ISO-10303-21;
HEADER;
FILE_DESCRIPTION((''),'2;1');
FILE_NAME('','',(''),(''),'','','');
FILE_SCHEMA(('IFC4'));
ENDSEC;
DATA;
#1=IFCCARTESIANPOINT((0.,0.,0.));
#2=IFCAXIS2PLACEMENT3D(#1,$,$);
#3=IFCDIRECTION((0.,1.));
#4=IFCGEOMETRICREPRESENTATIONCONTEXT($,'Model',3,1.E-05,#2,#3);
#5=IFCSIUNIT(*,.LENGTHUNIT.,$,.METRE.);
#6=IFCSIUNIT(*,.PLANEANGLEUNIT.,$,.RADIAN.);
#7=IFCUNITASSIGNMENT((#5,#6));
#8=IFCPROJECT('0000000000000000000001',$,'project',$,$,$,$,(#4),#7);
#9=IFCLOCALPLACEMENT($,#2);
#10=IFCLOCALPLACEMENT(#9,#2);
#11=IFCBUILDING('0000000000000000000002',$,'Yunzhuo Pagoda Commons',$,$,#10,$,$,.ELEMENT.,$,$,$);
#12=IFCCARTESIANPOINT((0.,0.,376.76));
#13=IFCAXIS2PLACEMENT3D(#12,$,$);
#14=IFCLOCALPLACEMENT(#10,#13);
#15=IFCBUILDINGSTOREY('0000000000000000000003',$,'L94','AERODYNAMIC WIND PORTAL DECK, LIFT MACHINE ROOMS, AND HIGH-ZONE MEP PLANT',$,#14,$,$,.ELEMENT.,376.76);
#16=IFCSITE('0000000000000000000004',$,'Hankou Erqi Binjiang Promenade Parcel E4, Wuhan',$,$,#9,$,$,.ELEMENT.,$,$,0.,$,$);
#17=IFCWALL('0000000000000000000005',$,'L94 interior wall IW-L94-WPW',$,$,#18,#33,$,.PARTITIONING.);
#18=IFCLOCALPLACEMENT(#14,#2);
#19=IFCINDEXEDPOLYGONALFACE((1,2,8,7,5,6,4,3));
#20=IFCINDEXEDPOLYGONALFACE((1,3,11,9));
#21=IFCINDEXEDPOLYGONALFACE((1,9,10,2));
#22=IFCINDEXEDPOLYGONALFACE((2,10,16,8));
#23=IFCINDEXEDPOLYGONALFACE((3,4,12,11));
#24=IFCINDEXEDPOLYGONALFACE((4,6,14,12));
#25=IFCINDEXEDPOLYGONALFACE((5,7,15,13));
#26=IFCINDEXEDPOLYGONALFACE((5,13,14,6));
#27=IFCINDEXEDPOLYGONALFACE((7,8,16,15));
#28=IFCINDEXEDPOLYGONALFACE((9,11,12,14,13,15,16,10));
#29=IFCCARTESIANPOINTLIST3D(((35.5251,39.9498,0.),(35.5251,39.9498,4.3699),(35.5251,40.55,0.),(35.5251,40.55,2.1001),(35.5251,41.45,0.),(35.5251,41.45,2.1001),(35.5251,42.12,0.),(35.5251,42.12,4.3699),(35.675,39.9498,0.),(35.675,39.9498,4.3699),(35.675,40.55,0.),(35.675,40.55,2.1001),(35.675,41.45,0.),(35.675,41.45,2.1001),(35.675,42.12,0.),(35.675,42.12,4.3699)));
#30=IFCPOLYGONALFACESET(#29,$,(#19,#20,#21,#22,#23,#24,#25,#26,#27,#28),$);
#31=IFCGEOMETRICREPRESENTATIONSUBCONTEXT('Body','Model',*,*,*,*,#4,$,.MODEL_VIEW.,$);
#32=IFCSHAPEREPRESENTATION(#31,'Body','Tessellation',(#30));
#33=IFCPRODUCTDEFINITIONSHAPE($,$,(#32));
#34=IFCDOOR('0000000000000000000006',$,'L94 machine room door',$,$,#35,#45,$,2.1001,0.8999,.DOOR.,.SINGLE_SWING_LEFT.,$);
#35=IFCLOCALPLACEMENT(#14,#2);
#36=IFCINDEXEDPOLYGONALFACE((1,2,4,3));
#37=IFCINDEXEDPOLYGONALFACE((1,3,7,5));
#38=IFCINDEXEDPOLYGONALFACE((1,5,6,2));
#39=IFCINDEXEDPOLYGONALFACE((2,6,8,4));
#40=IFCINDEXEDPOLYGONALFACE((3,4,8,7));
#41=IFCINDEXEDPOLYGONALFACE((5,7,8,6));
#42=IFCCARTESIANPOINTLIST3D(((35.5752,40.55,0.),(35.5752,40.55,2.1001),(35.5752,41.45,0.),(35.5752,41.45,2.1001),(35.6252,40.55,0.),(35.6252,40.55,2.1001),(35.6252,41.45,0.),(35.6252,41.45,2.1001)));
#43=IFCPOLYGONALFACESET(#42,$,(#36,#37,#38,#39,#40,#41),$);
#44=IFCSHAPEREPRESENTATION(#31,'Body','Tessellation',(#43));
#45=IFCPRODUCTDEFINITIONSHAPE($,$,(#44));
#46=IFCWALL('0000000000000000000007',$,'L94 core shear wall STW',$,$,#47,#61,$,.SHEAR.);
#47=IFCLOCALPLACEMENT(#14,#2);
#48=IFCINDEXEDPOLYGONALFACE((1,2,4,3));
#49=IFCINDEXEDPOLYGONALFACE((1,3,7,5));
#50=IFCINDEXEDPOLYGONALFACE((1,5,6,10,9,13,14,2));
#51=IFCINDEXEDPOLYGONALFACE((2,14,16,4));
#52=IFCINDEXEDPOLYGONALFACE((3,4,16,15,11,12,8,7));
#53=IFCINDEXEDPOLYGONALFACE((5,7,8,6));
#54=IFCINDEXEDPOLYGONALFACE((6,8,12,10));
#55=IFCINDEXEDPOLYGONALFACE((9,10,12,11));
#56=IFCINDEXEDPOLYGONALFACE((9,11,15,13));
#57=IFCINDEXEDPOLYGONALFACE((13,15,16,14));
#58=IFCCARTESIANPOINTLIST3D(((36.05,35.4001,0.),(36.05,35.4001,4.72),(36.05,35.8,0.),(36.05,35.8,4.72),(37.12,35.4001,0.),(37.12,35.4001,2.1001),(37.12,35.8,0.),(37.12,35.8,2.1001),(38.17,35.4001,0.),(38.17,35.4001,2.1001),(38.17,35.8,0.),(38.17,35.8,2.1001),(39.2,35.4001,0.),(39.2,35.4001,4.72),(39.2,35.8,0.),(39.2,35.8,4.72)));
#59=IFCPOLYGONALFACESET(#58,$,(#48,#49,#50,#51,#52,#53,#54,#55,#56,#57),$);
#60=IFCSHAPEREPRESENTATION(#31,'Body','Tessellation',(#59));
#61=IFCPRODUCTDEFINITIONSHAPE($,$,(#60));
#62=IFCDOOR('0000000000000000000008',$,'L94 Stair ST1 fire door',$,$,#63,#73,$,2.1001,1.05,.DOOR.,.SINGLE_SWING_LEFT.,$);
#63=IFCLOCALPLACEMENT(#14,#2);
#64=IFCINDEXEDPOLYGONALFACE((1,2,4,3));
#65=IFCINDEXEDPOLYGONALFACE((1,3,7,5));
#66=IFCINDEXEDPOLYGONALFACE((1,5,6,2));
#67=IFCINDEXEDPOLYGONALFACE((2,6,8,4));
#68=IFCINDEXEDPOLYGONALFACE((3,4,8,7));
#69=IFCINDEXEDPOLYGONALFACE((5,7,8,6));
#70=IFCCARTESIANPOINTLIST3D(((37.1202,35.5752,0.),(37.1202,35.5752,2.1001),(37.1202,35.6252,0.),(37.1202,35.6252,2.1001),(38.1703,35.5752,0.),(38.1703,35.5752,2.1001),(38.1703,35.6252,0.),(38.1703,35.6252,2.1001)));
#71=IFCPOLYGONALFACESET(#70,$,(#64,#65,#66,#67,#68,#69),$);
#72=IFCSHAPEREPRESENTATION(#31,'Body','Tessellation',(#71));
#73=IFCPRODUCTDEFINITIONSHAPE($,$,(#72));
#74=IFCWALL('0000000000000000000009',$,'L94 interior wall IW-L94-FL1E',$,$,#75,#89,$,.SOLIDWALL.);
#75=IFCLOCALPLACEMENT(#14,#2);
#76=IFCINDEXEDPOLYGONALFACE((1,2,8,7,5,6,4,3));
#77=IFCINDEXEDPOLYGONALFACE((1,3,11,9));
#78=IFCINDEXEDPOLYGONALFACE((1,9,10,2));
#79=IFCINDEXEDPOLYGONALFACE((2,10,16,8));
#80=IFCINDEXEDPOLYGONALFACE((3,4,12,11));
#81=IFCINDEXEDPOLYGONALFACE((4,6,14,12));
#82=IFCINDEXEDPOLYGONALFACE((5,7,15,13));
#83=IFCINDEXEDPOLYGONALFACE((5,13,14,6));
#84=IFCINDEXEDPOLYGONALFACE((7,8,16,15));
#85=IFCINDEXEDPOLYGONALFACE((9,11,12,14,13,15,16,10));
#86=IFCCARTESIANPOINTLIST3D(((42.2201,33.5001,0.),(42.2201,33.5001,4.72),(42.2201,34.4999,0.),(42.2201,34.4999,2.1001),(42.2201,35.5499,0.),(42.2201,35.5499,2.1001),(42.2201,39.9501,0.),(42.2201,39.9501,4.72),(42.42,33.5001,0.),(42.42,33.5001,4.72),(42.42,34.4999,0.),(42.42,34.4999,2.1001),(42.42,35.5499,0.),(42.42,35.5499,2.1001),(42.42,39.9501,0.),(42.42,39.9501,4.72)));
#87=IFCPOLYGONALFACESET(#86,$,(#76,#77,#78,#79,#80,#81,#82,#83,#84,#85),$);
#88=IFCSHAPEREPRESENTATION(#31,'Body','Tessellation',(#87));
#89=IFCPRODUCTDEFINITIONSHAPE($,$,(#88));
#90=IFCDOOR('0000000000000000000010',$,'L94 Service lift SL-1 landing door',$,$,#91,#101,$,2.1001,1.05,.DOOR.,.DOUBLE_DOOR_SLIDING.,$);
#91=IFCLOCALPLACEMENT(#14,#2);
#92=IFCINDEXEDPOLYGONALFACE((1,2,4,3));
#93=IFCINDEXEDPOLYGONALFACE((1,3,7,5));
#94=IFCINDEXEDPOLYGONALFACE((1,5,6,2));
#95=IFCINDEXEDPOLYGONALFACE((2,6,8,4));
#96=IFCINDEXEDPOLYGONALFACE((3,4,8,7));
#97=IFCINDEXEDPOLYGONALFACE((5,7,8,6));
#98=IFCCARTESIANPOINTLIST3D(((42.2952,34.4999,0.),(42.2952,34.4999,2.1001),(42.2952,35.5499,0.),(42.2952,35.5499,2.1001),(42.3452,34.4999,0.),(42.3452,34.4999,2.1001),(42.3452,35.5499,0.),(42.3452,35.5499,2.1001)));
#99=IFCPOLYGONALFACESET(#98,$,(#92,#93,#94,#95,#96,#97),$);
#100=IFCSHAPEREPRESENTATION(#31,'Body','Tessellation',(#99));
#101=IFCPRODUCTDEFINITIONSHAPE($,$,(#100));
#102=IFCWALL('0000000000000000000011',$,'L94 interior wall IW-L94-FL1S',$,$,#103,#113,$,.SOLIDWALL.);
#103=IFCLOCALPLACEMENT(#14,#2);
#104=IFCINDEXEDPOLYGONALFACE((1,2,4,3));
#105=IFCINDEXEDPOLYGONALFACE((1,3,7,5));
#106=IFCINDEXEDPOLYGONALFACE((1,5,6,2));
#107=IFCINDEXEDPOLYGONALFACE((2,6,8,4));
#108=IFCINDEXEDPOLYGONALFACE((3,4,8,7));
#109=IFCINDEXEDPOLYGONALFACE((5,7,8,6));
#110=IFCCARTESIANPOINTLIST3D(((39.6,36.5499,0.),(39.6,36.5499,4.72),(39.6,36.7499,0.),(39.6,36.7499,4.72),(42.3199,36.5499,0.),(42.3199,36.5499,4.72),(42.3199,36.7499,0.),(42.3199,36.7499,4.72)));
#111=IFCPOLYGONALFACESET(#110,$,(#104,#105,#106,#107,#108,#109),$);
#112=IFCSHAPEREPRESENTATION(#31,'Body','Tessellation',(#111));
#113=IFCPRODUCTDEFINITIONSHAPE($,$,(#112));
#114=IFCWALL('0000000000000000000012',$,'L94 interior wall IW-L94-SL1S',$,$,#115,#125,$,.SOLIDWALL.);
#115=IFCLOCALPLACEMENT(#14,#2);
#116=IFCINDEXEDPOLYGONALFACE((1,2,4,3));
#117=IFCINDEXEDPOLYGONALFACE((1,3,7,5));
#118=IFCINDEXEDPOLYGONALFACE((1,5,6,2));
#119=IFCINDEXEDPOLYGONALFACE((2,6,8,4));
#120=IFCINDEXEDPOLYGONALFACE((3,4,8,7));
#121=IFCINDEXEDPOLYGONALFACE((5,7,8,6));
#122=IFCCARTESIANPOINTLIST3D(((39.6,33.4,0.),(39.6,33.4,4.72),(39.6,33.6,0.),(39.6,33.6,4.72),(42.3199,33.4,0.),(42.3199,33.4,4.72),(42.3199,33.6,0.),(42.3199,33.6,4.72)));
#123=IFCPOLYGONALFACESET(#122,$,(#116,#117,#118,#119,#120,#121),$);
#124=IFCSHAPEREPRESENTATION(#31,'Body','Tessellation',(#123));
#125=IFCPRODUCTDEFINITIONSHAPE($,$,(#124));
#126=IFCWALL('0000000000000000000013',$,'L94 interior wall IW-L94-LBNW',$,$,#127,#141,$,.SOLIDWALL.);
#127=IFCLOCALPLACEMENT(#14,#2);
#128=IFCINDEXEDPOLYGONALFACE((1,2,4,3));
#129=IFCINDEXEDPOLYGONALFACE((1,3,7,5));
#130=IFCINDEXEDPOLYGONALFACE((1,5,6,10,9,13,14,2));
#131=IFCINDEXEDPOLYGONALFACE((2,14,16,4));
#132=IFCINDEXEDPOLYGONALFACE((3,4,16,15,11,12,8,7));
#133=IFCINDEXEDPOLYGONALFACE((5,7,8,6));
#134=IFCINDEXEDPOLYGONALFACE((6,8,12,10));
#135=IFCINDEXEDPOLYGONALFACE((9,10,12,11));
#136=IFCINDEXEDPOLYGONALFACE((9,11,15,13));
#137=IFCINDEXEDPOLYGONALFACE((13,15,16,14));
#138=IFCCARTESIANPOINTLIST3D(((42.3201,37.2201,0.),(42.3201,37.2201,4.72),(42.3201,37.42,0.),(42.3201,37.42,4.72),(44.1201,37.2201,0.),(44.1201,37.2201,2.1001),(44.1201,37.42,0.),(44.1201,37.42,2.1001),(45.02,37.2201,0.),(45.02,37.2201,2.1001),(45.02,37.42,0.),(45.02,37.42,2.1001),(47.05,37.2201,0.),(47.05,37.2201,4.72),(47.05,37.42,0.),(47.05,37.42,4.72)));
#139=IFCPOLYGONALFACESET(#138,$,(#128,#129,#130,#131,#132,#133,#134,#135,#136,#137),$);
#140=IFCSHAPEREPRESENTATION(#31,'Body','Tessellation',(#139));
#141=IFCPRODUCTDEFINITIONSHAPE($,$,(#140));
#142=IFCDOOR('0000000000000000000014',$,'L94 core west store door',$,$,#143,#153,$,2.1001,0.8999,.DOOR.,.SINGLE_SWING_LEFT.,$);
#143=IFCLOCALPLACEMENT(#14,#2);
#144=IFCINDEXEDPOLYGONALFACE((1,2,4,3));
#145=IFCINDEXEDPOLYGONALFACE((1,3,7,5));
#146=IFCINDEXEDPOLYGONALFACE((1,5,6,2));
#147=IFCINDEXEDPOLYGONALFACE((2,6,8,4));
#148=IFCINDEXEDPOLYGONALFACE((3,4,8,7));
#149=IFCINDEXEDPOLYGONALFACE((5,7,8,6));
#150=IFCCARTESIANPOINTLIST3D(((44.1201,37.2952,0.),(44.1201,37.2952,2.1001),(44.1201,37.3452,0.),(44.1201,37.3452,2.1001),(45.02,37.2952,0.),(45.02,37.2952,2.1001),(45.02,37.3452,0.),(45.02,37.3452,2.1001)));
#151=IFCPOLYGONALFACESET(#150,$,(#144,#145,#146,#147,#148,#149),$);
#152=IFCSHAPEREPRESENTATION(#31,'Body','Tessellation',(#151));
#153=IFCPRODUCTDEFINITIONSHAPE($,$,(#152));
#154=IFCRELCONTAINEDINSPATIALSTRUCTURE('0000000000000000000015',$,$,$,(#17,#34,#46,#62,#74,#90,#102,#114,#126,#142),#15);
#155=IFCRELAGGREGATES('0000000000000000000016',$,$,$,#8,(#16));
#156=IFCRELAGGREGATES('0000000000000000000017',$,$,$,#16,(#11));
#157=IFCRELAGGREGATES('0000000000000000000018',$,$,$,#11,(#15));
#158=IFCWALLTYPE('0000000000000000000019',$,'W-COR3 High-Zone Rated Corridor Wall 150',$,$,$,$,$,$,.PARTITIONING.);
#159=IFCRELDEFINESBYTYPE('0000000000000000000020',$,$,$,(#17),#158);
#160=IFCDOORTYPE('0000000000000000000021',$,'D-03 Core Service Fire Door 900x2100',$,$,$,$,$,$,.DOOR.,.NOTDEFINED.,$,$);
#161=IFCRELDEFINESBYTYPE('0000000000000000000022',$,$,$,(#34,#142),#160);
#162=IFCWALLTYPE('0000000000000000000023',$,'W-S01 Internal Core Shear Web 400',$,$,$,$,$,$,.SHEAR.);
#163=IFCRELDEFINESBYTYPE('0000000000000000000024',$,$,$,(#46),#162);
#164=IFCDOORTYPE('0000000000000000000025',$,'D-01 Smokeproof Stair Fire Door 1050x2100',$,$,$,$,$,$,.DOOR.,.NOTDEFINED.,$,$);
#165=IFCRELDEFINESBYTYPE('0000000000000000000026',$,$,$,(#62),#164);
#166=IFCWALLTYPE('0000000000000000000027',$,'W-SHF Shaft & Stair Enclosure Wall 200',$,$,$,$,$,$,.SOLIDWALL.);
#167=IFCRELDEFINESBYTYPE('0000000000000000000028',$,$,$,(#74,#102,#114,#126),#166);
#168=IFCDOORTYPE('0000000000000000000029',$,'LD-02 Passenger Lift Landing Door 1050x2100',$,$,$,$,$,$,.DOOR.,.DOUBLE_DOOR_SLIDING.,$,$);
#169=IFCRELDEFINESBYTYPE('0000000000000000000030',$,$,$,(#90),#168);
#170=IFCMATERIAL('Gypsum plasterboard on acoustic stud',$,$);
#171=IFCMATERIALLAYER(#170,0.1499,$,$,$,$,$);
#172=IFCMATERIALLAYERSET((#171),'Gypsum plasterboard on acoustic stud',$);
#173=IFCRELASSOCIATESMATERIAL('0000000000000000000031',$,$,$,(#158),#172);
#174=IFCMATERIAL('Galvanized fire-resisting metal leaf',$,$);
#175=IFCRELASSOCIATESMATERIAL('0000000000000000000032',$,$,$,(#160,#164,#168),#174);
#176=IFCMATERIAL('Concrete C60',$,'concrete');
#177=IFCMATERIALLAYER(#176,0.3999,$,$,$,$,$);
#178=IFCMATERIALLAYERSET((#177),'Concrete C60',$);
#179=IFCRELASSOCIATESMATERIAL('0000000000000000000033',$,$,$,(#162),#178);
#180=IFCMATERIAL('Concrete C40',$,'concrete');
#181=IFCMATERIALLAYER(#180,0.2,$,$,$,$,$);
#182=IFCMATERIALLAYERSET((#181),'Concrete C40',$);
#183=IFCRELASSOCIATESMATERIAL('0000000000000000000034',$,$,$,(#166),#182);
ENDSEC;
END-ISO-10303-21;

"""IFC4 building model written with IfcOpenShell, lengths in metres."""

from ifc_helpers import new_model, si_unit, direction, frame, frame_2d, origin, origin_with_axes, place, context, subcontext, project, spatial, rectangle, extrude, source, transform, mapped, material, layer, layer_set, type_object, element, fill, save


model = new_model("IFC4")

# Units and contexts
model_context = context("Model", 3, precision=1e-05, world=origin(), true_north=direction((0.0, 1.0)))
body_context = subcontext(model_context, "Body", "Model", "MODEL_VIEW")
ifc_project = project(units=[si_unit("LENGTHUNIT", "METRE"), si_unit("PLANEANGLEUNIT", "RADIAN")], contexts=[model_context])

# Site, building, storey
site_placement = place(None, origin())
site = spatial("IfcSite", under=ifc_project, at=site_placement, Name="Hankou Erqi Binjiang Promenade Parcel E4, Wuhan", CompositionType="ELEMENT", RefElevation=0.0)
building_placement = place(site_placement, origin())
building = spatial("IfcBuilding", under=site, at=building_placement, Name="Yunzhuo Pagoda Commons", CompositionType="ELEMENT")
storey_placement = place(building_placement, frame((0.0, 0.0, 376.76)))
storey = spatial("IfcBuildingStorey", under=building, at=storey_placement, Name="L94", Description="AERODYNAMIC WIND PORTAL DECK, LIFT MACHINE ROOMS, AND HIGH-ZONE MEP PLANT", CompositionType="ELEMENT", Elevation=376.76)

# Walls, openings, doors
ifc_material_1 = material(Name="Galvanized fire-resisting metal leaf")
shared_shape_1 = source(origin(), body_context, "Body", "SweptSolid", [
    extrude(rectangle(XDim=1.05, YDim=2.1001, at=frame_2d((0.5249, 1.05))), frame((0.0, 0.0249, 0.0), z_axis=(0.0, -1.0, 0.0), x_axis=(1.0, 0.0, 0.0)), (0.0, 0.0, 1.0), 0.05),
])
ifc_material_2 = material(Name="Gypsum plasterboard on acoustic stud")
ifc_layer_1 = layer(ifc_material_2, 0.1499)
ifc_layer_set_1 = layer_set([ifc_layer_1], Name="Gypsum plasterboard on acoustic stud")
wall_type_1 = type_object("IfcWallType", Name="W-COR3 High-Zone Rated Corridor Wall 150", PredefinedType="PARTITIONING", material=ifc_layer_set_1)
wall_1_placement = place(storey_placement, frame((35.6001, 39.95, 0.0), z_axis=(0.0, 0.0, 1.0), x_axis=(0.0, 1.0, 0.0)))
wall_1 = element("IfcWall", 1, at=wall_1_placement, inside=storey, type_object=wall_type_1, Name="L94 interior wall IW-L94-WPW", PredefinedType="PARTITIONING", context=body_context, shape_type="SweptSolid", body=[
    extrude(rectangle(XDim=2.1702, YDim=0.1499, at=frame_2d((1.085, 0.0))), origin(), (0.0, 0.0, 1.0), 4.3699),
])
opening_1_placement = place(wall_1_placement, frame((0.6001, 0.0, 0.0)))
opening_1 = element("IfcOpeningElement", 2, at=opening_1_placement, cuts=wall_1, PredefinedType="OPENING", context=body_context, shape_type="SweptSolid", body=[
    extrude(rectangle(XDim=0.8999, YDim=2.1001, at=frame_2d((0.45, 1.05))), frame((0.0, 0.085, 0.0), z_axis=(0.0, -1.0, 0.0), x_axis=(1.0, 0.0, 0.0)), (0.0, 0.0, 1.0), 0.1699),
])
door_type_1 = type_object("IfcDoorType", Name="D-03 Core Service Fire Door 900x2100", OperationType="NOTDEFINED", PredefinedType="DOOR", material=ifc_material_1)
shared_shape_2 = source(origin(), body_context, "Body", "SweptSolid", [
    extrude(rectangle(XDim=0.8999, YDim=2.1001, at=frame_2d((0.45, 1.05))), frame((0.0, 0.0249, 0.0), z_axis=(0.0, -1.0, 0.0), x_axis=(1.0, 0.0, 0.0)), (0.0, 0.0, 1.0), 0.05),
])
door_1_placement = place(opening_1_placement, origin_with_axes())
door_1 = element("IfcDoor", 3, at=door_1_placement, inside=storey, type_object=door_type_1, Name="L94 machine room door", OperationType="SINGLE_SWING_LEFT", OverallHeight=2.1001, OverallWidth=0.8999, PredefinedType="DOOR", context=body_context, shape_type="MappedRepresentation", body=[
    mapped(shared_shape_2, transform((0.0, 0.0, 0.0), scale=1.0)),
])
fill(opening_1, door_1)
ifc_material_3 = material(Name="Concrete C60", Category="concrete")
ifc_layer_2 = layer(ifc_material_3, 0.3999)
ifc_layer_set_2 = layer_set([ifc_layer_2], Name="Concrete C60")
wall_type_2 = type_object("IfcWallType", Name="W-S01 Internal Core Shear Web 400", PredefinedType="SHEAR", material=ifc_layer_set_2)
wall_2_placement = place(storey_placement, frame((36.05, 35.6001, 0.0), z_axis=(0.0, 0.0, 1.0), x_axis=(1.0, 0.0, 0.0)))
wall_2 = element("IfcWall", 4, at=wall_2_placement, inside=storey, type_object=wall_type_2, Name="L94 core shear wall STW", PredefinedType="SHEAR", context=body_context, shape_type="SweptSolid", body=[
    extrude(rectangle(XDim=3.1499, YDim=0.3999, at=frame_2d((1.575, 0.0))), origin(), (0.0, 0.0, 1.0), 4.72),
])
opening_2_placement = place(wall_2_placement, frame((1.0701, 0.0, 0.0)))
opening_2 = element("IfcOpeningElement", 5, at=opening_2_placement, cuts=wall_2, PredefinedType="OPENING", context=body_context, shape_type="SweptSolid", body=[
    extrude(rectangle(XDim=1.05, YDim=2.1001, at=frame_2d((0.5249, 1.05))), frame((0.0, 0.21, 0.0), z_axis=(0.0, -1.0, 0.0), x_axis=(1.0, 0.0, 0.0)), (0.0, 0.0, 1.0), 0.4199),
])
door_type_2 = type_object("IfcDoorType", Name="D-01 Smokeproof Stair Fire Door 1050x2100", OperationType="NOTDEFINED", PredefinedType="DOOR", material=ifc_material_1)
door_2_placement = place(opening_2_placement, frame((1.05, 0.0, 0.0), z_axis=(0.0, 0.0, 1.0), x_axis=(-1.0, 0.0, 0.0)))
door_2 = element("IfcDoor", 6, at=door_2_placement, inside=storey, type_object=door_type_2, Name="L94 Stair ST1 fire door", OperationType="SINGLE_SWING_LEFT", OverallHeight=2.1001, OverallWidth=1.05, PredefinedType="DOOR", context=body_context, shape_type="MappedRepresentation", body=[
    mapped(shared_shape_1, transform((0.0, 0.0, 0.0), scale=1.0)),
])
fill(opening_2, door_2)
ifc_material_4 = material(Name="Concrete C40", Category="concrete")
ifc_layer_3 = layer(ifc_material_4, 0.2)
ifc_layer_set_3 = layer_set([ifc_layer_3], Name="Concrete C40")
wall_type_3 = type_object("IfcWallType", Name="W-SHF Shaft & Stair Enclosure Wall 200", PredefinedType="SOLIDWALL", material=ifc_layer_set_3)
wall_3_placement = place(storey_placement, frame((42.3201, 33.5, 0.0), z_axis=(0.0, 0.0, 1.0), x_axis=(0.0, 1.0, 0.0)))
wall_3 = element("IfcWall", 7, at=wall_3_placement, inside=storey, type_object=wall_type_3, Name="L94 interior wall IW-L94-FL1E", PredefinedType="SOLIDWALL", context=body_context, shape_type="SweptSolid", body=[
    extrude(rectangle(XDim=6.45, YDim=0.2, at=frame_2d((3.2251, 0.0))), origin(), (0.0, 0.0, 1.0), 4.72),
])
opening_3_placement = place(wall_3_placement, frame((1.0, 0.0, 0.0)))
opening_3 = element("IfcOpeningElement", 8, at=opening_3_placement, cuts=wall_3, PredefinedType="OPENING", context=body_context, shape_type="SweptSolid", body=[
    extrude(rectangle(XDim=1.05, YDim=2.1001, at=frame_2d((0.5249, 1.05))), frame((0.0, 0.1099, 0.0), z_axis=(0.0, -1.0, 0.0), x_axis=(1.0, 0.0, 0.0)), (0.0, 0.0, 1.0), 0.22),
])
door_type_3 = type_object("IfcDoorType", Name="LD-02 Passenger Lift Landing Door 1050x2100", OperationType="DOUBLE_DOOR_SLIDING", PredefinedType="DOOR", material=ifc_material_1)
door_3_placement = place(opening_3_placement, origin_with_axes())
door_3 = element("IfcDoor", 9, at=door_3_placement, inside=storey, type_object=door_type_3, Name="L94 Service lift SL-1 landing door", OperationType="DOUBLE_DOOR_SLIDING", OverallHeight=2.1001, OverallWidth=1.05, PredefinedType="DOOR", context=body_context, shape_type="MappedRepresentation", body=[
    mapped(shared_shape_1, transform((0.0, 0.0, 0.0), scale=1.0)),
])
fill(opening_3, door_3)

# Walls
for number, where, z_axis, x_axis, name in (
    (10, (39.6001, 36.6499, 0.0), (0.0, 0.0, 1.0), (1.0, 0.0, 0.0), "L94 interior wall IW-L94-FL1S"),
    (11, (39.6001, 33.5, 0.0), (0.0, 0.0, 1.0), (1.0, 0.0, 0.0), "L94 interior wall IW-L94-SL1S"),
):
    element("IfcWall", number, at=place(storey_placement, frame(where, z_axis=z_axis, x_axis=x_axis)), inside=storey, type_object=wall_type_3, Name=name, PredefinedType="SOLIDWALL", context=body_context, shape_type="SweptSolid", body=[
        extrude(rectangle(XDim=2.72, YDim=0.2, at=frame_2d((1.3599, 0.0))), origin(), (0.0, 0.0, 1.0), 4.72),
    ])

# Wall, opening, door
wall_4_placement = place(storey_placement, frame((42.3201, 37.3201, 0.0), z_axis=(0.0, 0.0, 1.0), x_axis=(1.0, 0.0, 0.0)))
wall_4 = element("IfcWall", 12, at=wall_4_placement, inside=storey, type_object=wall_type_3, Name="L94 interior wall IW-L94-LBNW", PredefinedType="SOLIDWALL", context=body_context, shape_type="SweptSolid", body=[
    extrude(rectangle(XDim=4.73, YDim=0.2, at=frame_2d((2.365, 0.0))), origin(), (0.0, 0.0, 1.0), 4.72),
])
opening_4_placement = place(wall_4_placement, frame((1.8, 0.0, 0.0)))
opening_4 = element("IfcOpeningElement", 13, at=opening_4_placement, cuts=wall_4, PredefinedType="OPENING", context=body_context, shape_type="SweptSolid", body=[
    extrude(rectangle(XDim=0.8999, YDim=2.1001, at=frame_2d((0.45, 1.05))), frame((0.0, 0.1099, 0.0), z_axis=(0.0, -1.0, 0.0), x_axis=(1.0, 0.0, 0.0)), (0.0, 0.0, 1.0), 0.22),
])
door_4_placement = place(opening_4_placement, frame((0.8999, 0.0, 0.0), z_axis=(0.0, 0.0, 1.0), x_axis=(-1.0, 0.0, 0.0)))
door_4 = element("IfcDoor", 14, at=door_4_placement, inside=storey, type_object=door_type_1, Name="L94 core west store door", OperationType="SINGLE_SWING_LEFT", OverallHeight=2.1001, OverallWidth=0.8999, PredefinedType="DOOR", context=body_context, shape_type="MappedRepresentation", body=[
    mapped(shared_shape_2, transform((0.0, 0.0, 0.0), scale=1.0)),
])
fill(opening_4, door_4)

save(model, "model.ifc")
